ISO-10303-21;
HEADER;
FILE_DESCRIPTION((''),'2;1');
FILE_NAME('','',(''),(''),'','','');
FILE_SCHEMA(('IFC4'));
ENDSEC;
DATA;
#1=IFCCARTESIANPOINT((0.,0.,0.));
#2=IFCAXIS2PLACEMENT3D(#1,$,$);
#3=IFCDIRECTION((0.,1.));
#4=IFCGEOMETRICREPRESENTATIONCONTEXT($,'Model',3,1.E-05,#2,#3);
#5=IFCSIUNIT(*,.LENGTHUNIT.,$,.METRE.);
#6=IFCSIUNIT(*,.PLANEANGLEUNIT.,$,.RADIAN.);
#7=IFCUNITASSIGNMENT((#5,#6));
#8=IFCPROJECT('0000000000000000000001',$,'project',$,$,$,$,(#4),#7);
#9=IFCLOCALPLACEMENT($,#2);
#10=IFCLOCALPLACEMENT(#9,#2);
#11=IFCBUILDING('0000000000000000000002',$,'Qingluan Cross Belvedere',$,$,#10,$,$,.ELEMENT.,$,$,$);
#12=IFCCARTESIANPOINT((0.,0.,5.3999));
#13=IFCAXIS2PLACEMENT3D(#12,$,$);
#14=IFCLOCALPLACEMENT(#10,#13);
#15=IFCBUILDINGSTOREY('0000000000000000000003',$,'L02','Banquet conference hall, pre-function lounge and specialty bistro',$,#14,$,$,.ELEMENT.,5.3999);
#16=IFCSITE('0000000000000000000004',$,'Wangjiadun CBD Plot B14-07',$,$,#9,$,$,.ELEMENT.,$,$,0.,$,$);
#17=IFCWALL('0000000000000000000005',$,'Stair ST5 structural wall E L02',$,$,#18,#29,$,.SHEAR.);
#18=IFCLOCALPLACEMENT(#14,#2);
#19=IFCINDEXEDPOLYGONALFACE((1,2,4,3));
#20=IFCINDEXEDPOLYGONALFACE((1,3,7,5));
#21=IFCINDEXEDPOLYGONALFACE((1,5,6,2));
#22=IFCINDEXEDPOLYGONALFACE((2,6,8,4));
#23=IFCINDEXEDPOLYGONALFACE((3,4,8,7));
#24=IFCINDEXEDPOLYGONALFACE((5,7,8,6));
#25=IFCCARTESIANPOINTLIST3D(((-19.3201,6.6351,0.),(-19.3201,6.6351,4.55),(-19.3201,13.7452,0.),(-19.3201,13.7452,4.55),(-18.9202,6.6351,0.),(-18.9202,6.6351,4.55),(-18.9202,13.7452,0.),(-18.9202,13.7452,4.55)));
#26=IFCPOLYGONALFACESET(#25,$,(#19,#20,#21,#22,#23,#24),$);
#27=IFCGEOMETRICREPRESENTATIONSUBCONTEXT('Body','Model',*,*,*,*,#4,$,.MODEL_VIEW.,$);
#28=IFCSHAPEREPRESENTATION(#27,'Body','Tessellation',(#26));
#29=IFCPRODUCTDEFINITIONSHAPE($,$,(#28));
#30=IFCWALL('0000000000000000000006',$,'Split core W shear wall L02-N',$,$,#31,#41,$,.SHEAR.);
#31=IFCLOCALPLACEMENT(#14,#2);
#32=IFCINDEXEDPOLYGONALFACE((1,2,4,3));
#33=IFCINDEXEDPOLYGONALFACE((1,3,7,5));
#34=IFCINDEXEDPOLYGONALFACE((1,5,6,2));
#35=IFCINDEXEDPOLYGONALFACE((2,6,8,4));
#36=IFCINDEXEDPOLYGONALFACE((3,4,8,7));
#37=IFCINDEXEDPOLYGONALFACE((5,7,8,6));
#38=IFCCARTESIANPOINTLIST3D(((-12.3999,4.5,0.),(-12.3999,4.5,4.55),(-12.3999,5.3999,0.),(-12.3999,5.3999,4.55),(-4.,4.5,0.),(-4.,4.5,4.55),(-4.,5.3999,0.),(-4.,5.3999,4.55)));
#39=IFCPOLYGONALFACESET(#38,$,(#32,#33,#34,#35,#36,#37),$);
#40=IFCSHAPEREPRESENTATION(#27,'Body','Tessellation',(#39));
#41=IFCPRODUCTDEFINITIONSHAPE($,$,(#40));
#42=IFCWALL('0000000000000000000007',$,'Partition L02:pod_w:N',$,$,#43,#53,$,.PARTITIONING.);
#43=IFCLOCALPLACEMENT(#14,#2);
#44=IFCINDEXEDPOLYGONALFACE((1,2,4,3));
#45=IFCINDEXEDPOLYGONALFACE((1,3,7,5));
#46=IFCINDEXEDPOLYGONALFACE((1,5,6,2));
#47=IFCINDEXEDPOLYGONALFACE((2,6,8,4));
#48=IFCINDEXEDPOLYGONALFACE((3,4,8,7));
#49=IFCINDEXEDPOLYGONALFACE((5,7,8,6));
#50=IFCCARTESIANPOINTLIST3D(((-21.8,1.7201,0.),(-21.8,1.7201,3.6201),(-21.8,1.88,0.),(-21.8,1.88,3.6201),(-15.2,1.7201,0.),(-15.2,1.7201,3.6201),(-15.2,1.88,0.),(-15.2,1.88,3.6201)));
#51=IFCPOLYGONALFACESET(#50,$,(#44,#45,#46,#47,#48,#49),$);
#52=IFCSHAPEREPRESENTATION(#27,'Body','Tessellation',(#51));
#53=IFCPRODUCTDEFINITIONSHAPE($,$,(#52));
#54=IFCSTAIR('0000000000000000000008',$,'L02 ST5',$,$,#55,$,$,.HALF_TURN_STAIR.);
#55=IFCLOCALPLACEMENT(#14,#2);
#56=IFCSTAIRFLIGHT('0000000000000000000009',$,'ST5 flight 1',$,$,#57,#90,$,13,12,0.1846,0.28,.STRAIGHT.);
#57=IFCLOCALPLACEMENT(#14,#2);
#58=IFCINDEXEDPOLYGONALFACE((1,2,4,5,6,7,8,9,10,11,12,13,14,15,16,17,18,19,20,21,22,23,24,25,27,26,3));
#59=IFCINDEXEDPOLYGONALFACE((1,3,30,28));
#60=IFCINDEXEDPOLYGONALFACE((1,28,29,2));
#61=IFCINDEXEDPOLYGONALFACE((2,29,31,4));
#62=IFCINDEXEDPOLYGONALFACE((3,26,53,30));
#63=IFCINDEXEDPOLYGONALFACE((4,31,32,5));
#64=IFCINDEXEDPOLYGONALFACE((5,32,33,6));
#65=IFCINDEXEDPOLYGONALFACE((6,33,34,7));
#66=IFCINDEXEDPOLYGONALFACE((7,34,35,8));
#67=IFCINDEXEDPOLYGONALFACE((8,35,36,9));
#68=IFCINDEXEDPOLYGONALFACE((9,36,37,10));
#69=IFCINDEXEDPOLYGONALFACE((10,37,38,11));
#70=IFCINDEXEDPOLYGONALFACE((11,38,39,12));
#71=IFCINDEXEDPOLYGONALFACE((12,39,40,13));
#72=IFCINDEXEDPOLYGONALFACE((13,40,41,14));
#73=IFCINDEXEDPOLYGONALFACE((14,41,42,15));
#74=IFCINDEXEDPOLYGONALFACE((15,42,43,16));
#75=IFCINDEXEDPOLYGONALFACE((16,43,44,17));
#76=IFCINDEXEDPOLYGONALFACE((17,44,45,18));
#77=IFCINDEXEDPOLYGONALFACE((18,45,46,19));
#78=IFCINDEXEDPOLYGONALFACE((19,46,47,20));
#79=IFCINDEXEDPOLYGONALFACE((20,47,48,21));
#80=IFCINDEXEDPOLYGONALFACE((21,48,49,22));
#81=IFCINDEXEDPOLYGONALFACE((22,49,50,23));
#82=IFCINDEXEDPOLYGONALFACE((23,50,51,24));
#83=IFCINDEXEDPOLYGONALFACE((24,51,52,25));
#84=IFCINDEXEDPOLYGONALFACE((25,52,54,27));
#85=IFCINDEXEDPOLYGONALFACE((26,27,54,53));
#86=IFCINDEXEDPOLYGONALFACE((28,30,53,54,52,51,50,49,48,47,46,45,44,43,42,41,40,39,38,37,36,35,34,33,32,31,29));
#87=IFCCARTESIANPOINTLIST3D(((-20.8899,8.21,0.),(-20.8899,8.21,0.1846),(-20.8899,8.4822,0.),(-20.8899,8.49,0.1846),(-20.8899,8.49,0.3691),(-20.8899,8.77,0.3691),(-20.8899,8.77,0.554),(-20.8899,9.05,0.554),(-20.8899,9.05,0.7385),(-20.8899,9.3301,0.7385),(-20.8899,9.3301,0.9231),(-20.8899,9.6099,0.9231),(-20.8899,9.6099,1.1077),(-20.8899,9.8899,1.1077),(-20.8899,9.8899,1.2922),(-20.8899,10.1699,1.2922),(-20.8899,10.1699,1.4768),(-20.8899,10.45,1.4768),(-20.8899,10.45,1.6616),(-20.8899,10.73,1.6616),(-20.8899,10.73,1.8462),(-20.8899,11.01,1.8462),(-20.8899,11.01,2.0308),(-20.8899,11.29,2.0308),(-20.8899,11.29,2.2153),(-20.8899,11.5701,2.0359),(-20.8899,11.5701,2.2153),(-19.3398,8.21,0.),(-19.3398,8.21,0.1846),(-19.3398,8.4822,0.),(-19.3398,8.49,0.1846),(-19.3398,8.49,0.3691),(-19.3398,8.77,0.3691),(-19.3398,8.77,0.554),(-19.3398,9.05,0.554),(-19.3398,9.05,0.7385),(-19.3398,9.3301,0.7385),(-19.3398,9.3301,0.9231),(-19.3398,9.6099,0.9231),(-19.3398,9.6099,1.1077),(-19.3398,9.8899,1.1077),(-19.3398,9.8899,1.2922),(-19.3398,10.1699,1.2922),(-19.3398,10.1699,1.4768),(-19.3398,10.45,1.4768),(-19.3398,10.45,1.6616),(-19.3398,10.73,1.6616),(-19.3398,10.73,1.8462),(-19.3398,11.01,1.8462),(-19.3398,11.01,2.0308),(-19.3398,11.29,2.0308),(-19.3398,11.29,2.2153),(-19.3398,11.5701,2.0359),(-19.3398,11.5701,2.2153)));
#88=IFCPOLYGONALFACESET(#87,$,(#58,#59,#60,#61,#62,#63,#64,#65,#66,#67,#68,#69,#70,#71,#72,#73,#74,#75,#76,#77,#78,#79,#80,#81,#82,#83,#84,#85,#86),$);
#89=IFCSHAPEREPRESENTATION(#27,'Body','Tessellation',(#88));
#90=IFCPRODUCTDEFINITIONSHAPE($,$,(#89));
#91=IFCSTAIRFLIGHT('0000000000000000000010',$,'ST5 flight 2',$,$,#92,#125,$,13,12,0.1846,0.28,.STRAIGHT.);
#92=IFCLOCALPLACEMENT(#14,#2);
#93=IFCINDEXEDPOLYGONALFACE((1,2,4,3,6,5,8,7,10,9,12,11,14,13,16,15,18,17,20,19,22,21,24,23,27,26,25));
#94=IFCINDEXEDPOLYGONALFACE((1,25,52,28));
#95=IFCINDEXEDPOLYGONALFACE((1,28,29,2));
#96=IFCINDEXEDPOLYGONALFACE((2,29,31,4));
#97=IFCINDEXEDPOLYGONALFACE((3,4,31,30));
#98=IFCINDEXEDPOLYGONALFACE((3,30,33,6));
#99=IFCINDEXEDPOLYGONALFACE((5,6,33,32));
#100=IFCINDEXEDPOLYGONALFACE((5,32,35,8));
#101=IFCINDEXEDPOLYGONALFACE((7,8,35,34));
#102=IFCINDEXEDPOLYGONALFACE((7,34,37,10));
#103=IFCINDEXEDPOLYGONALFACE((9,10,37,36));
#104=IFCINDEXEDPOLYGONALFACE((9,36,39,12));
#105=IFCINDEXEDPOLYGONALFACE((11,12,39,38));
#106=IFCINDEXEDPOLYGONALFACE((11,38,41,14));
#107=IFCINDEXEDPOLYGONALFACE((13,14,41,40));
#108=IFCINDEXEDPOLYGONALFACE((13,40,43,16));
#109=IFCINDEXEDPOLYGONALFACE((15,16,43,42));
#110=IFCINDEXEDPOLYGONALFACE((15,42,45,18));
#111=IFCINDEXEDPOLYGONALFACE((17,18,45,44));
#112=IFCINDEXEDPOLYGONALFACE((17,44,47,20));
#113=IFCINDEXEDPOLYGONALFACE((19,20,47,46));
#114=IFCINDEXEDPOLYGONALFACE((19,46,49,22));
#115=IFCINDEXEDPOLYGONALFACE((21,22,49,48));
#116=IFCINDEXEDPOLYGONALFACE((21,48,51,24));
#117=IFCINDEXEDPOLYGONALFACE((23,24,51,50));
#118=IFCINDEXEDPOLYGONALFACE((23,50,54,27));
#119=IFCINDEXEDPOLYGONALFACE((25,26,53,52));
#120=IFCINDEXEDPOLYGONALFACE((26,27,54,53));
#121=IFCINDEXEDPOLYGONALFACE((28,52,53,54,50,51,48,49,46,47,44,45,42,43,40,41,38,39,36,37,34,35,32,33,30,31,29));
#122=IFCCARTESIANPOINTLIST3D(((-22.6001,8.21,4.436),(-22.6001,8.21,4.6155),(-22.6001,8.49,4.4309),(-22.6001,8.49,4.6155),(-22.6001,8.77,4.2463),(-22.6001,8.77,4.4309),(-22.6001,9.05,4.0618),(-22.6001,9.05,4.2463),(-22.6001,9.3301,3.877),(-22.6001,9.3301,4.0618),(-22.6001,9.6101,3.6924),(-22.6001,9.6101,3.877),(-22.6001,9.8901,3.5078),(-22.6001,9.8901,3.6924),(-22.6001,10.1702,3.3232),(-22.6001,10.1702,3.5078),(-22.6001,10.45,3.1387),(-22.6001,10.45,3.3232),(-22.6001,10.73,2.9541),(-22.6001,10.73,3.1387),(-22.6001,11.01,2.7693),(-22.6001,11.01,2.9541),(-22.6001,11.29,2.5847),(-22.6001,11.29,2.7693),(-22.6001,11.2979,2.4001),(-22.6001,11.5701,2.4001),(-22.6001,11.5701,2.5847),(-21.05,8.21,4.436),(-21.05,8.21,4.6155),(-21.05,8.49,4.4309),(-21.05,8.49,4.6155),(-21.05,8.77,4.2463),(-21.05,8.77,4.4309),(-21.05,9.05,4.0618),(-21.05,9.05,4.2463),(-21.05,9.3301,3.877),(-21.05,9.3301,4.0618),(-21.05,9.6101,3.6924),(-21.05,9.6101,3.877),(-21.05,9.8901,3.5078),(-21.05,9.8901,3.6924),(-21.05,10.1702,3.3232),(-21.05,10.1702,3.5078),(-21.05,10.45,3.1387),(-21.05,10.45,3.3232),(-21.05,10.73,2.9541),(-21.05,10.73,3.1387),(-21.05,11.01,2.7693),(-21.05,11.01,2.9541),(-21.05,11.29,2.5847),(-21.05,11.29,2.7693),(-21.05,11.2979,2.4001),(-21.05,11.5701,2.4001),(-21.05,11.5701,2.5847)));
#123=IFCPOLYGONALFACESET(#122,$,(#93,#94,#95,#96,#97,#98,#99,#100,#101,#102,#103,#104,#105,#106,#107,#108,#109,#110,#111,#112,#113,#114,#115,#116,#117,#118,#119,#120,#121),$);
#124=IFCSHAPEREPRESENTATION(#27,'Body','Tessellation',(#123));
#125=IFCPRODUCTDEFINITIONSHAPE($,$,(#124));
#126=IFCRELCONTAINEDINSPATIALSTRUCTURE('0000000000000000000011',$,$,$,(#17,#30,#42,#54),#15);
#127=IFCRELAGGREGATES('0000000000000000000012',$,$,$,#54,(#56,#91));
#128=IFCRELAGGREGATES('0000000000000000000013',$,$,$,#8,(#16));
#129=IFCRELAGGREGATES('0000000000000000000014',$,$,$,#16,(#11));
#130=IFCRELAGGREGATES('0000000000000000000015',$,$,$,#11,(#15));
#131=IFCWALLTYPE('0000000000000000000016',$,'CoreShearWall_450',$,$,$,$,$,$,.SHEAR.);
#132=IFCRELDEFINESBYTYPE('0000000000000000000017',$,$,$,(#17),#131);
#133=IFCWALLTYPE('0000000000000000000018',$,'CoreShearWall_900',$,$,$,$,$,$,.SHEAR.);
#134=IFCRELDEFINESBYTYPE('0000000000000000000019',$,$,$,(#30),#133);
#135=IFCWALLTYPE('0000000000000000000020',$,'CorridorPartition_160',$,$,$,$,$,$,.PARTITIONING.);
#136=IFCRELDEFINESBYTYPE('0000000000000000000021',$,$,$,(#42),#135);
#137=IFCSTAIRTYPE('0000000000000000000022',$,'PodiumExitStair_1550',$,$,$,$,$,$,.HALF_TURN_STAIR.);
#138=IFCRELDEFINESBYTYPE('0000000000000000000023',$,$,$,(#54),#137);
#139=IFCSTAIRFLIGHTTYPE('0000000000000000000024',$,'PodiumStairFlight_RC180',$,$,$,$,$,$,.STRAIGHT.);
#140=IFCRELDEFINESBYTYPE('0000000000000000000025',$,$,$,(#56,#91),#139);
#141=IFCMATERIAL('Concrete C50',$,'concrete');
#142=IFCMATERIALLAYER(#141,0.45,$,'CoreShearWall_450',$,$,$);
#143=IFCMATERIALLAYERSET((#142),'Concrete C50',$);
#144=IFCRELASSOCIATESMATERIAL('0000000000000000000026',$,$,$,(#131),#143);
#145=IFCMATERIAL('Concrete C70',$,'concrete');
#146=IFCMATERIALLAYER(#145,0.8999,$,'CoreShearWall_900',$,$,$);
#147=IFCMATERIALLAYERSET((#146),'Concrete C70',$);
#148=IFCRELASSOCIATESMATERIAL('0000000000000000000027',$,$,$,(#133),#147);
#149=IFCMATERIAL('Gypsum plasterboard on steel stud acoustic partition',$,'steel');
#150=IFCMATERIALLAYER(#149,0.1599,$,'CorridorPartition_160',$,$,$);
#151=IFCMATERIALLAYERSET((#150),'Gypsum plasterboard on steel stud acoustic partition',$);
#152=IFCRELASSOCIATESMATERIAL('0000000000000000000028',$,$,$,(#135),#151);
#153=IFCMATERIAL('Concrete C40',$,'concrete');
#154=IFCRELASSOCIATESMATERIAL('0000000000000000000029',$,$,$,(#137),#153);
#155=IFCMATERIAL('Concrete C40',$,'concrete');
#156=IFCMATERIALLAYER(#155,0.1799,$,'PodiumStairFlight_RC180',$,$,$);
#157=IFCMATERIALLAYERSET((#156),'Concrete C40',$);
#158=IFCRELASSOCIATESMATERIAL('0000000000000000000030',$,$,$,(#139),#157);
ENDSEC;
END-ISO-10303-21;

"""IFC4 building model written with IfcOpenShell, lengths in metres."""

from ifc_helpers import new_model, si_unit, direction, frame, frame_2d, origin, place, context, subcontext, project, spatial, polyline, rectangle, outline, extrude, material, layer, layer_set, type_object, element, aggregate, save


model = new_model("IFC4")

# Units and contexts
model_context = context("Model", 3, precision=1e-05, world=origin(), true_north=direction((0.0, 1.0)))
body_context = subcontext(model_context, "Body", "Model", "MODEL_VIEW")
ifc_project = project(units=[si_unit("LENGTHUNIT", "METRE"), si_unit("PLANEANGLEUNIT", "RADIAN")], contexts=[model_context])

# Site, building, storey
site_placement = place(None, origin())
site = spatial("IfcSite", under=ifc_project, at=site_placement, Name="Wangjiadun CBD Plot B14-07", CompositionType="ELEMENT", RefElevation=0.0)
building_placement = place(site_placement, origin())
building = spatial("IfcBuilding", under=site, at=building_placement, Name="Qingluan Cross Belvedere", CompositionType="ELEMENT")
storey_placement = place(building_placement, frame((0.0, 0.0, 5.3999)))
storey = spatial("IfcBuildingStorey", under=building, at=storey_placement, Name="L02", Description="Banquet conference hall, pre-function lounge and specialty bistro", CompositionType="ELEMENT", Elevation=5.3999)

# Walls
ifc_material_1 = material(Name="Concrete C50", Category="concrete")
ifc_layer_1 = layer(ifc_material_1, 0.45, Name="CoreShearWall_450")
ifc_layer_set_1 = layer_set([ifc_layer_1], Name="Concrete C50")
wall_type_1 = type_object("IfcWallType", Name="CoreShearWall_450", PredefinedType="SHEAR", material=ifc_layer_set_1)
wall_1_placement = place(storey_placement, frame((-19.1201, 6.635, 0.0), z_axis=(0.0, 0.0, 1.0), x_axis=(0.0, 1.0, 0.0)))
element("IfcWall", 1, at=wall_1_placement, inside=storey, type_object=wall_type_1, Name="Stair ST5 structural wall E L02", PredefinedType="SHEAR", context=body_context, shape_type="SweptSolid", body=[
    extrude(rectangle(XDim=7.1101, YDim=0.3999, at=frame_2d((3.5552, 0.0))), origin(), (0.0, 0.0, 1.0), 4.55),
])
ifc_material_2 = material(Name="Concrete C70", Category="concrete")
ifc_layer_2 = layer(ifc_material_2, 0.8999, Name="CoreShearWall_900")
ifc_layer_set_2 = layer_set([ifc_layer_2], Name="Concrete C70")
wall_type_2 = type_object("IfcWallType", Name="CoreShearWall_900", PredefinedType="SHEAR", material=ifc_layer_set_2)
wall_2_placement = place(storey_placement, frame((-12.3999, 4.95, 0.0), z_axis=(0.0, 0.0, 1.0), x_axis=(1.0, 0.0, 0.0)))
element("IfcWall", 2, at=wall_2_placement, inside=storey, type_object=wall_type_2, Name="Split core W shear wall L02-N", PredefinedType="SHEAR", context=body_context, shape_type="SweptSolid", body=[
    extrude(rectangle(XDim=8.3999, YDim=0.8999, at=frame_2d((4.2, 0.0))), origin(), (0.0, 0.0, 1.0), 4.55),
])
ifc_material_3 = material(Name="Gypsum plasterboard on steel stud acoustic partition", Category="steel")
ifc_layer_3 = layer(ifc_material_3, 0.1599, Name="CorridorPartition_160")
ifc_layer_set_3 = layer_set([ifc_layer_3], Name="Gypsum plasterboard on steel stud acoustic partition")
wall_type_3 = type_object("IfcWallType", Name="CorridorPartition_160", PredefinedType="PARTITIONING", material=ifc_layer_set_3)
wall_3_placement = place(storey_placement, frame((-21.8, 1.8, 0.0), z_axis=(0.0, 0.0, 1.0), x_axis=(1.0, 0.0, 0.0)))
element("IfcWall", 3, at=wall_3_placement, inside=storey, type_object=wall_type_3, Name="Partition L02:pod_w:N", PredefinedType="PARTITIONING", context=body_context, shape_type="SweptSolid", body=[
    extrude(rectangle(XDim=6.6001, YDim=0.1599, at=frame_2d((3.3, 0.0))), origin(), (0.0, 0.0, 1.0), 3.6201),
])

# Stair, stair flights
ifc_material_4 = material(Name="Concrete C40", Category="concrete")
stair_type = type_object("IfcStairType", Name="PodiumExitStair_1550", PredefinedType="HALF_TURN_STAIR", material=ifc_material_4)
stair_placement = place(storey_placement, origin())
stair = element("IfcStair", 4, at=stair_placement, inside=storey, type_object=stair_type, Name="L02 ST5", PredefinedType="HALF_TURN_STAIR")
ifc_material_5 = material(Name="Concrete C40", Category="concrete")
ifc_layer_4 = layer(ifc_material_5, 0.1799, Name="PodiumStairFlight_RC180")
ifc_layer_set_4 = layer_set([ifc_layer_4], Name="Concrete C40")
stair_flight_type = type_object("IfcStairFlightType", Name="PodiumStairFlight_RC180", PredefinedType="STRAIGHT", material=ifc_layer_set_4)
stair_flight_1_placement = place(storey_placement, frame((-20.115, 8.21, 0.0), z_axis=(0.0, 0.0, 1.0), x_axis=(0.0, 1.0, 0.0)))
stair_flight_1 = element("IfcStairFlight", 5, at=stair_flight_1_placement, type_object=stair_flight_type, Name="ST5 flight 1", NumberOfRisers=13, NumberOfTreads=12, PredefinedType="STRAIGHT", RiserHeight=0.1846, TreadLength=0.28, context=body_context, shape_type="SweptSolid", body=[
    extrude(outline(polyline([(0.0, 0.0), (0.0, 0.1846), (0.28, 0.1846), (0.28, 0.3691), (0.5601, 0.3691), (0.5601, 0.554), (0.8401, 0.554), (0.8401, 0.7385), (1.1201, 0.7385), (1.1201, 0.9231), (1.3999, 0.9231), (1.3999, 1.1077), (1.6799, 1.1077), (1.6799, 1.2922), (1.96, 1.2922), (1.96, 1.4768), (2.24, 1.4768), (2.24, 1.6616), (2.52, 1.6616), (2.52, 1.8462), (2.8, 1.8462), (2.8, 2.0308), (3.0801, 2.0308), (3.0801, 2.2153), (3.3601, 2.2153), (3.3601, 2.3999), (3.3601, 2.0359), (0.2722, 0.0), (0.0, 0.0)])), frame((0.0, 0.7749, 0.0), z_axis=(0.0, -1.0, 0.0), x_axis=(1.0, 0.0, 0.0)), (0.0, 0.0, 1.0), 1.55),
])
stair_flight_2_placement = place(storey_placement, frame((-21.825, 11.5701, 2.4001), z_axis=(0.0, 0.0, 1.0), x_axis=(0.0, -1.0, 0.0)))
stair_flight_2 = element("IfcStairFlight", 6, at=stair_flight_2_placement, type_object=stair_flight_type, Name="ST5 flight 2", NumberOfRisers=13, NumberOfTreads=12, PredefinedType="STRAIGHT", RiserHeight=0.1846, TreadLength=0.28, context=body_context, shape_type="SweptSolid", body=[
    extrude(outline(polyline([(0.0, 0.0), (0.0, 0.1846), (0.28, 0.1846), (0.28, 0.3691), (0.5601, 0.3691), (0.5601, 0.554), (0.8401, 0.554), (0.8401, 0.7385), (1.1201, 0.7385), (1.1201, 0.9231), (1.3999, 0.9231), (1.3999, 1.1077), (1.6799, 1.1077), (1.6799, 1.2922), (1.96, 1.2922), (1.96, 1.4768), (2.24, 1.4768), (2.24, 1.6616), (2.52, 1.6616), (2.52, 1.8462), (2.8, 1.8462), (2.8, 2.0308), (3.0801, 2.0308), (3.0801, 2.2153), (3.3601, 2.2153), (3.3601, 2.3999), (3.3601, 2.0359), (0.2722, 0.0), (0.0, 0.0)])), frame((0.0, 0.7749, 0.0), z_axis=(0.0, -1.0, 0.0), x_axis=(1.0, 0.0, 0.0)), (0.0, 0.0, 1.0), 1.55),
])
aggregate(stair, [stair_flight_1, stair_flight_2])

save(model, "model.ifc")
